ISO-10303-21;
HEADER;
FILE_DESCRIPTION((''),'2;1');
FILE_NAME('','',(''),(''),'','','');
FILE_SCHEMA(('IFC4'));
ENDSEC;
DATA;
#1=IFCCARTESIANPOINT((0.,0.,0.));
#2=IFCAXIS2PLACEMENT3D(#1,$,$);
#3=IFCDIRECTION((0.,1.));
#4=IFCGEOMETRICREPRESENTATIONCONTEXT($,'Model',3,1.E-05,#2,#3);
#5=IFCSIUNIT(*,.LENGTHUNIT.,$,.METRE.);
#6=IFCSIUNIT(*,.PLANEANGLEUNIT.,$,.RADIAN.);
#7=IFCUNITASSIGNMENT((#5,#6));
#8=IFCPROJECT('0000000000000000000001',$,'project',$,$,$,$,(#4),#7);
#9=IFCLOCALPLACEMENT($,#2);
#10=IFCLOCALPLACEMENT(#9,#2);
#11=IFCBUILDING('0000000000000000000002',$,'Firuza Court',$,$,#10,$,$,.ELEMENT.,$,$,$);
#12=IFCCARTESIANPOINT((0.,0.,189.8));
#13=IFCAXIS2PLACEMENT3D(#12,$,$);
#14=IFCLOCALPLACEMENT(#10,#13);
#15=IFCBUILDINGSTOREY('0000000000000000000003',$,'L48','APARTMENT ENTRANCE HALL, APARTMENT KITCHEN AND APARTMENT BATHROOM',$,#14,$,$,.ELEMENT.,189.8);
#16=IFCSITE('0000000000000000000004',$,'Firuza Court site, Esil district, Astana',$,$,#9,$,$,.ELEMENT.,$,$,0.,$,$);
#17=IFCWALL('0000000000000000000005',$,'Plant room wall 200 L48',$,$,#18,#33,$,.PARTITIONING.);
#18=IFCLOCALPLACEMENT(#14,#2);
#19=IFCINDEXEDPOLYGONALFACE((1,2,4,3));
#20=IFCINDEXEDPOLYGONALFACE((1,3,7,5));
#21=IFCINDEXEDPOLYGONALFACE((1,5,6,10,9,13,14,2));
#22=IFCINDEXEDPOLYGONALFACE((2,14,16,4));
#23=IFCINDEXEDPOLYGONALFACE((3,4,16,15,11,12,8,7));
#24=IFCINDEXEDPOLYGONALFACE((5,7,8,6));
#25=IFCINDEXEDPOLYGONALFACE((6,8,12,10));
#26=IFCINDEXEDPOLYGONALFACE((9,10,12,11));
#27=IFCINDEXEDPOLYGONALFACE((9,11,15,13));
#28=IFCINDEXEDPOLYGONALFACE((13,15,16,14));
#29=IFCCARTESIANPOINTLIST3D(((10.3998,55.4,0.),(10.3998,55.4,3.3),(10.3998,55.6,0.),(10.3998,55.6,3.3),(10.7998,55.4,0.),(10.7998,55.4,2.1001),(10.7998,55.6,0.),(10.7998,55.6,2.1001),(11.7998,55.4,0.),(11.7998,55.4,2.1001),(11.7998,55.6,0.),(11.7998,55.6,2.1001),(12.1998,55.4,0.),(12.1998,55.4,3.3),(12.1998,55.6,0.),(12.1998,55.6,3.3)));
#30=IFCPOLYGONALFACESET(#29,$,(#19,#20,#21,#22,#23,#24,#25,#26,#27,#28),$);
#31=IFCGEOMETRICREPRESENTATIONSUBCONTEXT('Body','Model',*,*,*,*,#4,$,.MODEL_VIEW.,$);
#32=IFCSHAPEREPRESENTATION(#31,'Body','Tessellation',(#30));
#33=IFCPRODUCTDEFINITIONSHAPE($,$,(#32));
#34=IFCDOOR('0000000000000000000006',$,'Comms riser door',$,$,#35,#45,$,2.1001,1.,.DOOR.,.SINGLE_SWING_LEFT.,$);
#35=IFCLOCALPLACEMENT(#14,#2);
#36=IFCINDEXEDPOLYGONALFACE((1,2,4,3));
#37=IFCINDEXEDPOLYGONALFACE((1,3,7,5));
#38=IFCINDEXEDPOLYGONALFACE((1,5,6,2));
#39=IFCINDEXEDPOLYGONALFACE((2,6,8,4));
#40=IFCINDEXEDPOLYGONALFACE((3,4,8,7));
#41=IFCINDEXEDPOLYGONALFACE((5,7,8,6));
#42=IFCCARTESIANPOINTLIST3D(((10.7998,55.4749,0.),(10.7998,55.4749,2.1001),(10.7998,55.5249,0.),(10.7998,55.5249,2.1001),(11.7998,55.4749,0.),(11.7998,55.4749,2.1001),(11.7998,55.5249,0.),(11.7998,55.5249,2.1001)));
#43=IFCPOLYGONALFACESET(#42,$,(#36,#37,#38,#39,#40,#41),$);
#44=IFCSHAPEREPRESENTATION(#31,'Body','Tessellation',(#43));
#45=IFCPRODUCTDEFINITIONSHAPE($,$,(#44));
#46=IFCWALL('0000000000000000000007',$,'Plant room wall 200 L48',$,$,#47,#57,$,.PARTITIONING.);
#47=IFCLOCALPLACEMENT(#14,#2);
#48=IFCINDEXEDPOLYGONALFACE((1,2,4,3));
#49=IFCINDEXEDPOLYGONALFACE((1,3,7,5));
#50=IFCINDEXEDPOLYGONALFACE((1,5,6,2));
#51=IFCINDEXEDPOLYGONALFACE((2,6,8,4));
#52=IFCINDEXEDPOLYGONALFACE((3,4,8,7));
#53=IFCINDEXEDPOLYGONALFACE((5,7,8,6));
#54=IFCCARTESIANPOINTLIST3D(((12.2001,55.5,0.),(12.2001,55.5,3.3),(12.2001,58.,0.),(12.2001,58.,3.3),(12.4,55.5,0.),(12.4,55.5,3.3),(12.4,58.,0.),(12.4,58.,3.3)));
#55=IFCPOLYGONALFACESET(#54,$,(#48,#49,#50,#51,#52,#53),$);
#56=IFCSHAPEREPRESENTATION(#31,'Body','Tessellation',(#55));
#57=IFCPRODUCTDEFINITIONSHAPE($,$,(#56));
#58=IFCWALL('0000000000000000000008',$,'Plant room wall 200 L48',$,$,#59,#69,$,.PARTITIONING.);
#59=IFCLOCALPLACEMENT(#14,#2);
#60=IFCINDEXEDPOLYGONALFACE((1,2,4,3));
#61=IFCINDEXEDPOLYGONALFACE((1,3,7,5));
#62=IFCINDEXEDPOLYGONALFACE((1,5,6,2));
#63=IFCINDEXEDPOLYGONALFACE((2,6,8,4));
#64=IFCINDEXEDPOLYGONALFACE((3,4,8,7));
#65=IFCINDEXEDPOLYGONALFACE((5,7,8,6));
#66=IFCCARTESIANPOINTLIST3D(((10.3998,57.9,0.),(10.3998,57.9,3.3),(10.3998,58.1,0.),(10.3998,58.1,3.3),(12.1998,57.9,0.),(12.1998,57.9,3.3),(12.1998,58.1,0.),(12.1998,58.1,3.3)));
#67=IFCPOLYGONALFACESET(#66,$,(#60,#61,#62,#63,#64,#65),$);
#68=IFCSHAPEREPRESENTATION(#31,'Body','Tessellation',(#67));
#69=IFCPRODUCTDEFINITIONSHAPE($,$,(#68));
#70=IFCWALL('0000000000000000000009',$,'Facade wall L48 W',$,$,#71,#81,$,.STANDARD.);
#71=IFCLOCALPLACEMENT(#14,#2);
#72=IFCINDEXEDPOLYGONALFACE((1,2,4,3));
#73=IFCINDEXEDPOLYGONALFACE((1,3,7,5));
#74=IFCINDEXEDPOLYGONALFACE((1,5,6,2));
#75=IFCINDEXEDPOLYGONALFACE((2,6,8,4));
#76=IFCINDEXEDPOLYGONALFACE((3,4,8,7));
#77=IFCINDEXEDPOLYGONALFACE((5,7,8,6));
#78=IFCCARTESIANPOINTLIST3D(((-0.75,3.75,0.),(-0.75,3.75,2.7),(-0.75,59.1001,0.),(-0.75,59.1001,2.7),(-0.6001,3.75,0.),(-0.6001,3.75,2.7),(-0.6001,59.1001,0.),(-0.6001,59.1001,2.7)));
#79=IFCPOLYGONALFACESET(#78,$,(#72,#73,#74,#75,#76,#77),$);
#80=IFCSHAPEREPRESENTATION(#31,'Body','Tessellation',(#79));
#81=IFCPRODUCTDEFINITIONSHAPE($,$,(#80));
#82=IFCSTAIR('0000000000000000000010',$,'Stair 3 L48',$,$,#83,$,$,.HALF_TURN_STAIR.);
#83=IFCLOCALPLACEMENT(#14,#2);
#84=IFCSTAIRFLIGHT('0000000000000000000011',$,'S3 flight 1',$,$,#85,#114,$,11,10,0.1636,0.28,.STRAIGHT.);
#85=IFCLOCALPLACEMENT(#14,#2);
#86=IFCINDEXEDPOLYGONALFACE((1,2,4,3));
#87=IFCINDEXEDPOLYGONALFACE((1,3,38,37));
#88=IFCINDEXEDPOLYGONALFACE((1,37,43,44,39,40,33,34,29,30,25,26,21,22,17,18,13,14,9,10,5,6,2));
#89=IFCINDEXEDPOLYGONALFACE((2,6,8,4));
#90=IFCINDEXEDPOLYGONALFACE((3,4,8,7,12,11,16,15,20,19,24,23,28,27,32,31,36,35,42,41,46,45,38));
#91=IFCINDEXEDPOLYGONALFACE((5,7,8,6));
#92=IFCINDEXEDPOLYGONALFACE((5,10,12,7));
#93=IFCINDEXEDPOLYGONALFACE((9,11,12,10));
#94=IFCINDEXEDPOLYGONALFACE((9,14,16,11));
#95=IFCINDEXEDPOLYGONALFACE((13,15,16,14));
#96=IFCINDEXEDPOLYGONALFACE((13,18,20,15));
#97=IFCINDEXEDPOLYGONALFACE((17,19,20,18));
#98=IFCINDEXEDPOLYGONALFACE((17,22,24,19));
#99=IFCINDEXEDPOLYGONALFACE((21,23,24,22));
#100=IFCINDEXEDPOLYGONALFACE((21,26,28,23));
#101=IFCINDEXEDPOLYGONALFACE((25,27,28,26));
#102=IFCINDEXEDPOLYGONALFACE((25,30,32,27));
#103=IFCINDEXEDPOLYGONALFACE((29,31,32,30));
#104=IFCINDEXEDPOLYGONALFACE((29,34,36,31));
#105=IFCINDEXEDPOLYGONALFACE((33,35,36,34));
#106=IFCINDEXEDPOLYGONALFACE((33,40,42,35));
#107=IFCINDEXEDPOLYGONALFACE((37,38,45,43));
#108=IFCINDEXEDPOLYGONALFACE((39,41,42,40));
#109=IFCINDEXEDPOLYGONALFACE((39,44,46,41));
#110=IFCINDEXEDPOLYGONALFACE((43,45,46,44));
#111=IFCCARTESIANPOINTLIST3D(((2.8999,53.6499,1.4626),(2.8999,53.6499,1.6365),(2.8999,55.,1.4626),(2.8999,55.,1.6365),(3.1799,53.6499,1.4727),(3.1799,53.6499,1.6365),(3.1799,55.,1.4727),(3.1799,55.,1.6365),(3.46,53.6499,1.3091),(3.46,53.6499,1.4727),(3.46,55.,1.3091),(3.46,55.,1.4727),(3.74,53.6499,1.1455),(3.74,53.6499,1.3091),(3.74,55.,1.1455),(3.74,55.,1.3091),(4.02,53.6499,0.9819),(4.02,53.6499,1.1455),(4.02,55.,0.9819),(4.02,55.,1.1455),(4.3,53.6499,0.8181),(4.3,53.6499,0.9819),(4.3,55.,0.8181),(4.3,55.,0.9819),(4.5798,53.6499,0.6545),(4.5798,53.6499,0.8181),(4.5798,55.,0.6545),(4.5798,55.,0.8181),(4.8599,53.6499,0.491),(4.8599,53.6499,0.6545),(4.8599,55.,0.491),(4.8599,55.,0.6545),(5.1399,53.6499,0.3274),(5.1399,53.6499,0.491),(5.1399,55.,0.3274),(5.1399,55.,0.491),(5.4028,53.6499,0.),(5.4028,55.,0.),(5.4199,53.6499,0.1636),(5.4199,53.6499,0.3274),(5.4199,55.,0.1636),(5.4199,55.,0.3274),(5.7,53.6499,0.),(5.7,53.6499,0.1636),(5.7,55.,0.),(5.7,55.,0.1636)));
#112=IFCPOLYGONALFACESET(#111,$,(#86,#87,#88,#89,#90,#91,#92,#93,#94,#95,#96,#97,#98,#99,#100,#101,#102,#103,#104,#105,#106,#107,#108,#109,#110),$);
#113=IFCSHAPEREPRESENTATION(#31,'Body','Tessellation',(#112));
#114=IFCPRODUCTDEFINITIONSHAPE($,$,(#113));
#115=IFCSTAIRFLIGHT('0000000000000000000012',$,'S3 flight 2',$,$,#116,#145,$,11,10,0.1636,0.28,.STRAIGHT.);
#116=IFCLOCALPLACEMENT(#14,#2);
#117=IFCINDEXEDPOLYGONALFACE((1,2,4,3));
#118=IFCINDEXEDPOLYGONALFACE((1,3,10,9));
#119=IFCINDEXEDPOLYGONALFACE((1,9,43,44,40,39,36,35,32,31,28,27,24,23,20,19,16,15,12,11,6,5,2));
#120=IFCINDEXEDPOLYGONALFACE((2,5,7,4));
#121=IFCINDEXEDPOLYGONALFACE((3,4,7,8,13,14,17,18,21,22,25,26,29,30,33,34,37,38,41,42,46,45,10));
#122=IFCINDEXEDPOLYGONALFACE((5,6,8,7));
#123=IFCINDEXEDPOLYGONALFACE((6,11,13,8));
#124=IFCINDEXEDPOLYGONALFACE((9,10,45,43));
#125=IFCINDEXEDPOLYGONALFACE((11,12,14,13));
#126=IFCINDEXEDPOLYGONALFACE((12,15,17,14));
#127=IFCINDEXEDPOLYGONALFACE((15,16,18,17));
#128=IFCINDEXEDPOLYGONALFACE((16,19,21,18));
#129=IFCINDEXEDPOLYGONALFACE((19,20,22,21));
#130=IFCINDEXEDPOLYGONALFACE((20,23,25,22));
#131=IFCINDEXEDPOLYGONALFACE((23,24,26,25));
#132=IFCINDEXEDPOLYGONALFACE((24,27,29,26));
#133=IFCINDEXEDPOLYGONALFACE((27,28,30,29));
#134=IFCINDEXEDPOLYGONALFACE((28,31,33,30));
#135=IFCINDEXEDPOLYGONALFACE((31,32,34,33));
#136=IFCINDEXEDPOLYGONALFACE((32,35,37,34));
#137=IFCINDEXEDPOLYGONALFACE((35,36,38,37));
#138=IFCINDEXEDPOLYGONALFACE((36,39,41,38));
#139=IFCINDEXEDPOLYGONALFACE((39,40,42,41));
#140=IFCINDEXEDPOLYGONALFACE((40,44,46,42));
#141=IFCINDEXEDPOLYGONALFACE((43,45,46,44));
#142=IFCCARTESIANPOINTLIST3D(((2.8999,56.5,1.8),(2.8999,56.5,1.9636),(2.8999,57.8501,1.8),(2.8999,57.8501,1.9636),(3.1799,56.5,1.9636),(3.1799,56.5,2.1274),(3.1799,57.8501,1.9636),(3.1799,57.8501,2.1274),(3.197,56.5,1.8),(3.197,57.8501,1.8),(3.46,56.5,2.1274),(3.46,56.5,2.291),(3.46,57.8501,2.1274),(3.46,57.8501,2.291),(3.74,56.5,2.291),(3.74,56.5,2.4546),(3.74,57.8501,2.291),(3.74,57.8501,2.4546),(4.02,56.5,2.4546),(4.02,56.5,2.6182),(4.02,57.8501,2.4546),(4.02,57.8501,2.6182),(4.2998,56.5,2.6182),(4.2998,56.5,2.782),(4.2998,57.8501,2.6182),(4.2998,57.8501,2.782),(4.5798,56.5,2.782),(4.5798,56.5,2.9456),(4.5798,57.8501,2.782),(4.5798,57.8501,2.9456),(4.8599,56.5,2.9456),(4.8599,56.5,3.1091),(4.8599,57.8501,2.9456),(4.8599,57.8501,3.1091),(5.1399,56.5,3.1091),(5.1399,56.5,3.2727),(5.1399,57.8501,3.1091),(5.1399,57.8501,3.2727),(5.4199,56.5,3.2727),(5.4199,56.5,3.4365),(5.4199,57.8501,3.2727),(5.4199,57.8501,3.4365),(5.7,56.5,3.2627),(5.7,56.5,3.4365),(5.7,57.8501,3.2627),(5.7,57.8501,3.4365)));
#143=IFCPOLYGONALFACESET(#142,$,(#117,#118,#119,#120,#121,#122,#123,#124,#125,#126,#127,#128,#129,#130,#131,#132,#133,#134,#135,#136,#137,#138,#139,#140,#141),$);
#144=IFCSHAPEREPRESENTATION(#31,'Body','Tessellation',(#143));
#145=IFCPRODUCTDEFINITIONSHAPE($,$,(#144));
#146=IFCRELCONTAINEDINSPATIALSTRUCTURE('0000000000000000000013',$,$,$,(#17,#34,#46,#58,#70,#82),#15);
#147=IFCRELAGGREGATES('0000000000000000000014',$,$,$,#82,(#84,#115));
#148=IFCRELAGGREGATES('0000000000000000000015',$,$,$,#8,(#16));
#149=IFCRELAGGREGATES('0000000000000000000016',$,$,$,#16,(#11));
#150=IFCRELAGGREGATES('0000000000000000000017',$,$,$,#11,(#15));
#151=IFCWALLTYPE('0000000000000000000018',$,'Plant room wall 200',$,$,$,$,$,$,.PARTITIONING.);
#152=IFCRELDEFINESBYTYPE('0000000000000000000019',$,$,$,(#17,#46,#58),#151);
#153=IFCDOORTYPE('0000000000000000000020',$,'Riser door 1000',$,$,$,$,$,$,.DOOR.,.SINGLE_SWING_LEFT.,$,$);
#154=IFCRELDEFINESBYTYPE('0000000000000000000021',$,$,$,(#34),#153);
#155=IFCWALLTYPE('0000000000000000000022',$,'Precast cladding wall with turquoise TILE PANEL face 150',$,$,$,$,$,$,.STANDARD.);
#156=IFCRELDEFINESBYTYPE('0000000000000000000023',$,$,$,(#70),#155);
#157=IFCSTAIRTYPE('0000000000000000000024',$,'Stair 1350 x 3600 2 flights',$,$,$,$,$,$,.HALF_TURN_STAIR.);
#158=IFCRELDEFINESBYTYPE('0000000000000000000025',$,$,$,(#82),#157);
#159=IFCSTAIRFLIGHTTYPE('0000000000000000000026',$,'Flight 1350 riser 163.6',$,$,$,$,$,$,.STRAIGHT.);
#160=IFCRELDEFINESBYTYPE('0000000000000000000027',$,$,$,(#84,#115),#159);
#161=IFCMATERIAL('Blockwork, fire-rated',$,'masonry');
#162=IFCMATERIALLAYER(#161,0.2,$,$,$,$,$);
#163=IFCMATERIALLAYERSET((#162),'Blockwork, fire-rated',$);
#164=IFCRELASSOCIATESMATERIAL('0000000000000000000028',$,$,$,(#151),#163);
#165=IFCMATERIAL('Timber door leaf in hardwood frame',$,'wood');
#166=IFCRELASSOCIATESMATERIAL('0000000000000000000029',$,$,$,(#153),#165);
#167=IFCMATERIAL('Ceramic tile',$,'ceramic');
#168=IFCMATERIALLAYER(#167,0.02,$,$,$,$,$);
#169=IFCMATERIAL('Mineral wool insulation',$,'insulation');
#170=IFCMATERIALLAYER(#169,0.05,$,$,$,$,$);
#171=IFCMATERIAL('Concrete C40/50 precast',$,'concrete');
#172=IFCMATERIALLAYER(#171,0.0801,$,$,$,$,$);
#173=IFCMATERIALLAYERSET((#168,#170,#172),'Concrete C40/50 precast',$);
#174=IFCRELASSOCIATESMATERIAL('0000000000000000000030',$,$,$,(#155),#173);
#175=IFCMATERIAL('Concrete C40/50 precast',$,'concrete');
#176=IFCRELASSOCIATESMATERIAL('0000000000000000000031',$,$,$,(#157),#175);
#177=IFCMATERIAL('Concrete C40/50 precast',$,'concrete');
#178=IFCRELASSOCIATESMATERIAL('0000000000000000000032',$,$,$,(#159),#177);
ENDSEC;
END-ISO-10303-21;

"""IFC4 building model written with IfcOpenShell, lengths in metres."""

from ifc_helpers import new_model, si_unit, direction, frame, frame_2d, origin, place, context, subcontext, project, spatial, polyline, rectangle, outline, extrude, material, layer, layer_set, type_object, element, fill, aggregate, save


model = new_model("IFC4")

# Units and contexts
model_context = context("Model", 3, precision=1e-05, world=origin(), true_north=direction((0.0, 1.0)))
body_context = subcontext(model_context, "Body", "Model", "MODEL_VIEW")
ifc_project = project(units=[si_unit("LENGTHUNIT", "METRE"), si_unit("PLANEANGLEUNIT", "RADIAN")], contexts=[model_context])

# Site, building, storey
site_placement = place(None, origin())
site = spatial("IfcSite", under=ifc_project, at=site_placement, Name="Firuza Court site, Esil district, Astana", CompositionType="ELEMENT", RefElevation=0.0)
building_placement = place(site_placement, origin())
building = spatial("IfcBuilding", under=site, at=building_placement, Name="Firuza Court", CompositionType="ELEMENT")
storey_placement = place(building_placement, frame((0.0, 0.0, 189.8)))
storey = spatial("IfcBuildingStorey", under=building, at=storey_placement, Name="L48", Description="APARTMENT ENTRANCE HALL, APARTMENT KITCHEN AND APARTMENT BATHROOM", CompositionType="ELEMENT", Elevation=189.8)

# Shared definitions
ifc_material_1 = material(Name="Blockwork, fire-rated", Category="masonry")
ifc_layer_1 = layer(ifc_material_1, 0.2)
ifc_layer_set_1 = layer_set([ifc_layer_1], Name="Blockwork, fire-rated")
wall_type_1 = type_object("IfcWallType", Name="Plant room wall 200", PredefinedType="PARTITIONING", material=ifc_layer_set_1)

# Wall, opening, door
wall_1_placement = place(storey_placement, frame((10.3999, 55.5, 0.0), z_axis=(0.0, 0.0, 1.0), x_axis=(1.0, 0.0, 0.0)))
wall_1 = element("IfcWall", 1, at=wall_1_placement, inside=storey, type_object=wall_type_1, Name="Plant room wall 200 L48", PredefinedType="PARTITIONING", context=body_context, shape_type="SweptSolid", body=[
    extrude(rectangle(XDim=1.8, YDim=0.2, at=frame_2d((0.8999, 0.0))), origin(), (0.0, 0.0, 1.0), 3.3),
])
opening_placement = place(wall_1_placement, frame((0.3999, 0.0, 0.0)))
opening = element("IfcOpeningElement", 2, at=opening_placement, cuts=wall_1, PredefinedType="OPENING", context=body_context, shape_type="SweptSolid", body=[
    extrude(rectangle(XDim=1.0, YDim=2.1001, at=frame_2d((0.5, 1.05))), frame((0.0, 0.1118, 0.0), z_axis=(0.0, -1.0, 0.0), x_axis=(1.0, 0.0, 0.0)), (0.0, 0.0, 1.0), 0.2239),
])
ifc_material_2 = material(Name="Timber door leaf in hardwood frame", Category="wood")
door_type = type_object("IfcDoorType", Name="Riser door 1000", OperationType="SINGLE_SWING_LEFT", PredefinedType="DOOR", material=ifc_material_2)
door_placement = place(opening_placement, origin())
door = element("IfcDoor", 3, at=door_placement, inside=storey, type_object=door_type, Name="Comms riser door", OperationType="SINGLE_SWING_LEFT", OverallHeight=2.1001, OverallWidth=1.0, PredefinedType="DOOR", context=body_context, shape_type="SweptSolid", body=[
    extrude(rectangle(XDim=1.0, YDim=2.1001, at=frame_2d((0.5, 1.05))), frame((0.0, 0.0249, 0.0), z_axis=(0.0, -1.0, 0.0), x_axis=(1.0, 0.0, 0.0)), (0.0, 0.0, 1.0), 0.05),
])
fill(opening, door)

# Walls
wall_2_placement = place(storey_placement, frame((12.3, 55.5, 0.0), z_axis=(0.0, 0.0, 1.0), x_axis=(0.0, 1.0, 0.0)))
element("IfcWall", 4, at=wall_2_placement, inside=storey, type_object=wall_type_1, Name="Plant room wall 200 L48", PredefinedType="PARTITIONING", context=body_context, shape_type="SweptSolid", body=[
    extrude(rectangle(XDim=2.5, YDim=0.2, at=frame_2d((1.25, 0.0))), origin(), (0.0, 0.0, 1.0), 3.3),
])
wall_3_placement = place(storey_placement, frame((10.3999, 58.0, 0.0), z_axis=(0.0, 0.0, 1.0), x_axis=(1.0, 0.0, 0.0)))
element("IfcWall", 5, at=wall_3_placement, inside=storey, type_object=wall_type_1, Name="Plant room wall 200 L48", PredefinedType="PARTITIONING", context=body_context, shape_type="SweptSolid", body=[
    extrude(rectangle(XDim=1.8, YDim=0.2, at=frame_2d((0.8999, 0.0))), origin(), (0.0, 0.0, 1.0), 3.3),
])
ifc_material_3 = material(Name="Ceramic tile", Category="ceramic")
ifc_layer_2 = layer(ifc_material_3, 0.02)
ifc_material_4 = material(Name="Mineral wool insulation", Category="insulation")
ifc_layer_3 = layer(ifc_material_4, 0.05)
ifc_material_5 = material(Name="Concrete C40/50 precast", Category="concrete")
ifc_layer_4 = layer(ifc_material_5, 0.0801)
ifc_layer_set_2 = layer_set([ifc_layer_2, ifc_layer_3, ifc_layer_4], Name="Concrete C40/50 precast")
wall_type_2 = type_object("IfcWallType", Name="Precast cladding wall with turquoise TILE PANEL face 150", PredefinedType="STANDARD", material=ifc_layer_set_2)
wall_4_placement = place(storey_placement, frame((-0.675, 59.1001, 0.0), z_axis=(0.0, 0.0, 1.0), x_axis=(0.0, -1.0, 0.0)))
element("IfcWall", 6, at=wall_4_placement, inside=storey, type_object=wall_type_2, Name="Facade wall L48 W", PredefinedType="STANDARD", context=body_context, shape_type="SweptSolid", body=[
    extrude(rectangle(XDim=55.3501, YDim=0.1499, at=frame_2d((27.675, 0.0))), origin(), (0.0, 0.0, 1.0), 2.7),
])

# Stair, stair flights
ifc_material_6 = material(Name="Concrete C40/50 precast", Category="concrete")
stair_type = type_object("IfcStairType", Name="Stair 1350 x 3600 2 flights", PredefinedType="HALF_TURN_STAIR", material=ifc_material_6)
stair_placement = place(storey_placement, origin())
stair = element("IfcStair", 7, at=stair_placement, inside=storey, type_object=stair_type, Name="Stair 3 L48", PredefinedType="HALF_TURN_STAIR")
ifc_material_7 = material(Name="Concrete C40/50 precast", Category="concrete")
stair_flight_type = type_object("IfcStairFlightType", Name="Flight 1350 riser 163.6", PredefinedType="STRAIGHT", material=ifc_material_7)
stair_flight_1_placement = place(storey_placement, frame((5.7, 54.325, 0.0), z_axis=(0.0, 0.0, 1.0), x_axis=(-1.0, 0.0, 0.0)))
stair_flight_1 = element("IfcStairFlight", 8, at=stair_flight_1_placement, type_object=stair_flight_type, Name="S3 flight 1", NumberOfRisers=11, NumberOfTreads=10, PredefinedType="STRAIGHT", RiserHeight=0.1636, TreadLength=0.28, context=body_context, shape_type="SweptSolid", body=[
    extrude(outline(polyline([(0.0, 0.0), (0.0, 0.1636), (0.28, 0.1636), (0.28, 0.3274), (0.5601, 0.3274), (0.5601, 0.491), (0.8401, 0.491), (0.8401, 0.6545), (1.1201, 0.6545), (1.1201, 0.8181), (1.3999, 0.8181), (1.3999, 0.9819), (1.6799, 0.9819), (1.6799, 1.1455), (1.96, 1.1455), (1.96, 1.3091), (2.24, 1.3091), (2.24, 1.4727), (2.52, 1.4727), (2.52, 1.6365), (2.8, 1.6365), (2.8, 1.8), (2.8, 1.4626), (0.2971, 0.0), (0.0, 0.0)])), frame((0.0, 0.675, 0.0), z_axis=(0.0, -1.0, 0.0), x_axis=(1.0, 0.0, 0.0)), (0.0, 0.0, 1.0), 1.3501),
])
stair_flight_2_placement = place(storey_placement, frame((2.8999, 57.175, 1.8), z_axis=(0.0, 0.0, 1.0), x_axis=(1.0, 0.0, 0.0)))
stair_flight_2 = element("IfcStairFlight", 9, at=stair_flight_2_placement, type_object=stair_flight_type, Name="S3 flight 2", NumberOfRisers=11, NumberOfTreads=10, PredefinedType="STRAIGHT", RiserHeight=0.1636, TreadLength=0.28, context=body_context, shape_type="SweptSolid", body=[
    extrude(outline(polyline([(0.0, 0.0), (0.0, 0.1636), (0.28, 0.1636), (0.28, 0.3274), (0.5601, 0.3274), (0.5601, 0.491), (0.8401, 0.491), (0.8401, 0.6545), (1.1201, 0.6545), (1.1201, 0.8181), (1.3999, 0.8181), (1.3999, 0.9819), (1.6799, 0.9819), (1.6799, 1.1455), (1.96, 1.1455), (1.96, 1.3091), (2.24, 1.3091), (2.24, 1.4727), (2.52, 1.4727), (2.52, 1.6365), (2.8, 1.6365), (2.8, 1.8), (2.8, 1.4626), (0.2971, 0.0), (0.0, 0.0)])), frame((0.0, 0.675, 0.0), z_axis=(0.0, -1.0, 0.0), x_axis=(1.0, 0.0, 0.0)), (0.0, 0.0, 1.0), 1.3501),
])
aggregate(stair, [stair_flight_1, stair_flight_2])

save(model, "model.ifc")
